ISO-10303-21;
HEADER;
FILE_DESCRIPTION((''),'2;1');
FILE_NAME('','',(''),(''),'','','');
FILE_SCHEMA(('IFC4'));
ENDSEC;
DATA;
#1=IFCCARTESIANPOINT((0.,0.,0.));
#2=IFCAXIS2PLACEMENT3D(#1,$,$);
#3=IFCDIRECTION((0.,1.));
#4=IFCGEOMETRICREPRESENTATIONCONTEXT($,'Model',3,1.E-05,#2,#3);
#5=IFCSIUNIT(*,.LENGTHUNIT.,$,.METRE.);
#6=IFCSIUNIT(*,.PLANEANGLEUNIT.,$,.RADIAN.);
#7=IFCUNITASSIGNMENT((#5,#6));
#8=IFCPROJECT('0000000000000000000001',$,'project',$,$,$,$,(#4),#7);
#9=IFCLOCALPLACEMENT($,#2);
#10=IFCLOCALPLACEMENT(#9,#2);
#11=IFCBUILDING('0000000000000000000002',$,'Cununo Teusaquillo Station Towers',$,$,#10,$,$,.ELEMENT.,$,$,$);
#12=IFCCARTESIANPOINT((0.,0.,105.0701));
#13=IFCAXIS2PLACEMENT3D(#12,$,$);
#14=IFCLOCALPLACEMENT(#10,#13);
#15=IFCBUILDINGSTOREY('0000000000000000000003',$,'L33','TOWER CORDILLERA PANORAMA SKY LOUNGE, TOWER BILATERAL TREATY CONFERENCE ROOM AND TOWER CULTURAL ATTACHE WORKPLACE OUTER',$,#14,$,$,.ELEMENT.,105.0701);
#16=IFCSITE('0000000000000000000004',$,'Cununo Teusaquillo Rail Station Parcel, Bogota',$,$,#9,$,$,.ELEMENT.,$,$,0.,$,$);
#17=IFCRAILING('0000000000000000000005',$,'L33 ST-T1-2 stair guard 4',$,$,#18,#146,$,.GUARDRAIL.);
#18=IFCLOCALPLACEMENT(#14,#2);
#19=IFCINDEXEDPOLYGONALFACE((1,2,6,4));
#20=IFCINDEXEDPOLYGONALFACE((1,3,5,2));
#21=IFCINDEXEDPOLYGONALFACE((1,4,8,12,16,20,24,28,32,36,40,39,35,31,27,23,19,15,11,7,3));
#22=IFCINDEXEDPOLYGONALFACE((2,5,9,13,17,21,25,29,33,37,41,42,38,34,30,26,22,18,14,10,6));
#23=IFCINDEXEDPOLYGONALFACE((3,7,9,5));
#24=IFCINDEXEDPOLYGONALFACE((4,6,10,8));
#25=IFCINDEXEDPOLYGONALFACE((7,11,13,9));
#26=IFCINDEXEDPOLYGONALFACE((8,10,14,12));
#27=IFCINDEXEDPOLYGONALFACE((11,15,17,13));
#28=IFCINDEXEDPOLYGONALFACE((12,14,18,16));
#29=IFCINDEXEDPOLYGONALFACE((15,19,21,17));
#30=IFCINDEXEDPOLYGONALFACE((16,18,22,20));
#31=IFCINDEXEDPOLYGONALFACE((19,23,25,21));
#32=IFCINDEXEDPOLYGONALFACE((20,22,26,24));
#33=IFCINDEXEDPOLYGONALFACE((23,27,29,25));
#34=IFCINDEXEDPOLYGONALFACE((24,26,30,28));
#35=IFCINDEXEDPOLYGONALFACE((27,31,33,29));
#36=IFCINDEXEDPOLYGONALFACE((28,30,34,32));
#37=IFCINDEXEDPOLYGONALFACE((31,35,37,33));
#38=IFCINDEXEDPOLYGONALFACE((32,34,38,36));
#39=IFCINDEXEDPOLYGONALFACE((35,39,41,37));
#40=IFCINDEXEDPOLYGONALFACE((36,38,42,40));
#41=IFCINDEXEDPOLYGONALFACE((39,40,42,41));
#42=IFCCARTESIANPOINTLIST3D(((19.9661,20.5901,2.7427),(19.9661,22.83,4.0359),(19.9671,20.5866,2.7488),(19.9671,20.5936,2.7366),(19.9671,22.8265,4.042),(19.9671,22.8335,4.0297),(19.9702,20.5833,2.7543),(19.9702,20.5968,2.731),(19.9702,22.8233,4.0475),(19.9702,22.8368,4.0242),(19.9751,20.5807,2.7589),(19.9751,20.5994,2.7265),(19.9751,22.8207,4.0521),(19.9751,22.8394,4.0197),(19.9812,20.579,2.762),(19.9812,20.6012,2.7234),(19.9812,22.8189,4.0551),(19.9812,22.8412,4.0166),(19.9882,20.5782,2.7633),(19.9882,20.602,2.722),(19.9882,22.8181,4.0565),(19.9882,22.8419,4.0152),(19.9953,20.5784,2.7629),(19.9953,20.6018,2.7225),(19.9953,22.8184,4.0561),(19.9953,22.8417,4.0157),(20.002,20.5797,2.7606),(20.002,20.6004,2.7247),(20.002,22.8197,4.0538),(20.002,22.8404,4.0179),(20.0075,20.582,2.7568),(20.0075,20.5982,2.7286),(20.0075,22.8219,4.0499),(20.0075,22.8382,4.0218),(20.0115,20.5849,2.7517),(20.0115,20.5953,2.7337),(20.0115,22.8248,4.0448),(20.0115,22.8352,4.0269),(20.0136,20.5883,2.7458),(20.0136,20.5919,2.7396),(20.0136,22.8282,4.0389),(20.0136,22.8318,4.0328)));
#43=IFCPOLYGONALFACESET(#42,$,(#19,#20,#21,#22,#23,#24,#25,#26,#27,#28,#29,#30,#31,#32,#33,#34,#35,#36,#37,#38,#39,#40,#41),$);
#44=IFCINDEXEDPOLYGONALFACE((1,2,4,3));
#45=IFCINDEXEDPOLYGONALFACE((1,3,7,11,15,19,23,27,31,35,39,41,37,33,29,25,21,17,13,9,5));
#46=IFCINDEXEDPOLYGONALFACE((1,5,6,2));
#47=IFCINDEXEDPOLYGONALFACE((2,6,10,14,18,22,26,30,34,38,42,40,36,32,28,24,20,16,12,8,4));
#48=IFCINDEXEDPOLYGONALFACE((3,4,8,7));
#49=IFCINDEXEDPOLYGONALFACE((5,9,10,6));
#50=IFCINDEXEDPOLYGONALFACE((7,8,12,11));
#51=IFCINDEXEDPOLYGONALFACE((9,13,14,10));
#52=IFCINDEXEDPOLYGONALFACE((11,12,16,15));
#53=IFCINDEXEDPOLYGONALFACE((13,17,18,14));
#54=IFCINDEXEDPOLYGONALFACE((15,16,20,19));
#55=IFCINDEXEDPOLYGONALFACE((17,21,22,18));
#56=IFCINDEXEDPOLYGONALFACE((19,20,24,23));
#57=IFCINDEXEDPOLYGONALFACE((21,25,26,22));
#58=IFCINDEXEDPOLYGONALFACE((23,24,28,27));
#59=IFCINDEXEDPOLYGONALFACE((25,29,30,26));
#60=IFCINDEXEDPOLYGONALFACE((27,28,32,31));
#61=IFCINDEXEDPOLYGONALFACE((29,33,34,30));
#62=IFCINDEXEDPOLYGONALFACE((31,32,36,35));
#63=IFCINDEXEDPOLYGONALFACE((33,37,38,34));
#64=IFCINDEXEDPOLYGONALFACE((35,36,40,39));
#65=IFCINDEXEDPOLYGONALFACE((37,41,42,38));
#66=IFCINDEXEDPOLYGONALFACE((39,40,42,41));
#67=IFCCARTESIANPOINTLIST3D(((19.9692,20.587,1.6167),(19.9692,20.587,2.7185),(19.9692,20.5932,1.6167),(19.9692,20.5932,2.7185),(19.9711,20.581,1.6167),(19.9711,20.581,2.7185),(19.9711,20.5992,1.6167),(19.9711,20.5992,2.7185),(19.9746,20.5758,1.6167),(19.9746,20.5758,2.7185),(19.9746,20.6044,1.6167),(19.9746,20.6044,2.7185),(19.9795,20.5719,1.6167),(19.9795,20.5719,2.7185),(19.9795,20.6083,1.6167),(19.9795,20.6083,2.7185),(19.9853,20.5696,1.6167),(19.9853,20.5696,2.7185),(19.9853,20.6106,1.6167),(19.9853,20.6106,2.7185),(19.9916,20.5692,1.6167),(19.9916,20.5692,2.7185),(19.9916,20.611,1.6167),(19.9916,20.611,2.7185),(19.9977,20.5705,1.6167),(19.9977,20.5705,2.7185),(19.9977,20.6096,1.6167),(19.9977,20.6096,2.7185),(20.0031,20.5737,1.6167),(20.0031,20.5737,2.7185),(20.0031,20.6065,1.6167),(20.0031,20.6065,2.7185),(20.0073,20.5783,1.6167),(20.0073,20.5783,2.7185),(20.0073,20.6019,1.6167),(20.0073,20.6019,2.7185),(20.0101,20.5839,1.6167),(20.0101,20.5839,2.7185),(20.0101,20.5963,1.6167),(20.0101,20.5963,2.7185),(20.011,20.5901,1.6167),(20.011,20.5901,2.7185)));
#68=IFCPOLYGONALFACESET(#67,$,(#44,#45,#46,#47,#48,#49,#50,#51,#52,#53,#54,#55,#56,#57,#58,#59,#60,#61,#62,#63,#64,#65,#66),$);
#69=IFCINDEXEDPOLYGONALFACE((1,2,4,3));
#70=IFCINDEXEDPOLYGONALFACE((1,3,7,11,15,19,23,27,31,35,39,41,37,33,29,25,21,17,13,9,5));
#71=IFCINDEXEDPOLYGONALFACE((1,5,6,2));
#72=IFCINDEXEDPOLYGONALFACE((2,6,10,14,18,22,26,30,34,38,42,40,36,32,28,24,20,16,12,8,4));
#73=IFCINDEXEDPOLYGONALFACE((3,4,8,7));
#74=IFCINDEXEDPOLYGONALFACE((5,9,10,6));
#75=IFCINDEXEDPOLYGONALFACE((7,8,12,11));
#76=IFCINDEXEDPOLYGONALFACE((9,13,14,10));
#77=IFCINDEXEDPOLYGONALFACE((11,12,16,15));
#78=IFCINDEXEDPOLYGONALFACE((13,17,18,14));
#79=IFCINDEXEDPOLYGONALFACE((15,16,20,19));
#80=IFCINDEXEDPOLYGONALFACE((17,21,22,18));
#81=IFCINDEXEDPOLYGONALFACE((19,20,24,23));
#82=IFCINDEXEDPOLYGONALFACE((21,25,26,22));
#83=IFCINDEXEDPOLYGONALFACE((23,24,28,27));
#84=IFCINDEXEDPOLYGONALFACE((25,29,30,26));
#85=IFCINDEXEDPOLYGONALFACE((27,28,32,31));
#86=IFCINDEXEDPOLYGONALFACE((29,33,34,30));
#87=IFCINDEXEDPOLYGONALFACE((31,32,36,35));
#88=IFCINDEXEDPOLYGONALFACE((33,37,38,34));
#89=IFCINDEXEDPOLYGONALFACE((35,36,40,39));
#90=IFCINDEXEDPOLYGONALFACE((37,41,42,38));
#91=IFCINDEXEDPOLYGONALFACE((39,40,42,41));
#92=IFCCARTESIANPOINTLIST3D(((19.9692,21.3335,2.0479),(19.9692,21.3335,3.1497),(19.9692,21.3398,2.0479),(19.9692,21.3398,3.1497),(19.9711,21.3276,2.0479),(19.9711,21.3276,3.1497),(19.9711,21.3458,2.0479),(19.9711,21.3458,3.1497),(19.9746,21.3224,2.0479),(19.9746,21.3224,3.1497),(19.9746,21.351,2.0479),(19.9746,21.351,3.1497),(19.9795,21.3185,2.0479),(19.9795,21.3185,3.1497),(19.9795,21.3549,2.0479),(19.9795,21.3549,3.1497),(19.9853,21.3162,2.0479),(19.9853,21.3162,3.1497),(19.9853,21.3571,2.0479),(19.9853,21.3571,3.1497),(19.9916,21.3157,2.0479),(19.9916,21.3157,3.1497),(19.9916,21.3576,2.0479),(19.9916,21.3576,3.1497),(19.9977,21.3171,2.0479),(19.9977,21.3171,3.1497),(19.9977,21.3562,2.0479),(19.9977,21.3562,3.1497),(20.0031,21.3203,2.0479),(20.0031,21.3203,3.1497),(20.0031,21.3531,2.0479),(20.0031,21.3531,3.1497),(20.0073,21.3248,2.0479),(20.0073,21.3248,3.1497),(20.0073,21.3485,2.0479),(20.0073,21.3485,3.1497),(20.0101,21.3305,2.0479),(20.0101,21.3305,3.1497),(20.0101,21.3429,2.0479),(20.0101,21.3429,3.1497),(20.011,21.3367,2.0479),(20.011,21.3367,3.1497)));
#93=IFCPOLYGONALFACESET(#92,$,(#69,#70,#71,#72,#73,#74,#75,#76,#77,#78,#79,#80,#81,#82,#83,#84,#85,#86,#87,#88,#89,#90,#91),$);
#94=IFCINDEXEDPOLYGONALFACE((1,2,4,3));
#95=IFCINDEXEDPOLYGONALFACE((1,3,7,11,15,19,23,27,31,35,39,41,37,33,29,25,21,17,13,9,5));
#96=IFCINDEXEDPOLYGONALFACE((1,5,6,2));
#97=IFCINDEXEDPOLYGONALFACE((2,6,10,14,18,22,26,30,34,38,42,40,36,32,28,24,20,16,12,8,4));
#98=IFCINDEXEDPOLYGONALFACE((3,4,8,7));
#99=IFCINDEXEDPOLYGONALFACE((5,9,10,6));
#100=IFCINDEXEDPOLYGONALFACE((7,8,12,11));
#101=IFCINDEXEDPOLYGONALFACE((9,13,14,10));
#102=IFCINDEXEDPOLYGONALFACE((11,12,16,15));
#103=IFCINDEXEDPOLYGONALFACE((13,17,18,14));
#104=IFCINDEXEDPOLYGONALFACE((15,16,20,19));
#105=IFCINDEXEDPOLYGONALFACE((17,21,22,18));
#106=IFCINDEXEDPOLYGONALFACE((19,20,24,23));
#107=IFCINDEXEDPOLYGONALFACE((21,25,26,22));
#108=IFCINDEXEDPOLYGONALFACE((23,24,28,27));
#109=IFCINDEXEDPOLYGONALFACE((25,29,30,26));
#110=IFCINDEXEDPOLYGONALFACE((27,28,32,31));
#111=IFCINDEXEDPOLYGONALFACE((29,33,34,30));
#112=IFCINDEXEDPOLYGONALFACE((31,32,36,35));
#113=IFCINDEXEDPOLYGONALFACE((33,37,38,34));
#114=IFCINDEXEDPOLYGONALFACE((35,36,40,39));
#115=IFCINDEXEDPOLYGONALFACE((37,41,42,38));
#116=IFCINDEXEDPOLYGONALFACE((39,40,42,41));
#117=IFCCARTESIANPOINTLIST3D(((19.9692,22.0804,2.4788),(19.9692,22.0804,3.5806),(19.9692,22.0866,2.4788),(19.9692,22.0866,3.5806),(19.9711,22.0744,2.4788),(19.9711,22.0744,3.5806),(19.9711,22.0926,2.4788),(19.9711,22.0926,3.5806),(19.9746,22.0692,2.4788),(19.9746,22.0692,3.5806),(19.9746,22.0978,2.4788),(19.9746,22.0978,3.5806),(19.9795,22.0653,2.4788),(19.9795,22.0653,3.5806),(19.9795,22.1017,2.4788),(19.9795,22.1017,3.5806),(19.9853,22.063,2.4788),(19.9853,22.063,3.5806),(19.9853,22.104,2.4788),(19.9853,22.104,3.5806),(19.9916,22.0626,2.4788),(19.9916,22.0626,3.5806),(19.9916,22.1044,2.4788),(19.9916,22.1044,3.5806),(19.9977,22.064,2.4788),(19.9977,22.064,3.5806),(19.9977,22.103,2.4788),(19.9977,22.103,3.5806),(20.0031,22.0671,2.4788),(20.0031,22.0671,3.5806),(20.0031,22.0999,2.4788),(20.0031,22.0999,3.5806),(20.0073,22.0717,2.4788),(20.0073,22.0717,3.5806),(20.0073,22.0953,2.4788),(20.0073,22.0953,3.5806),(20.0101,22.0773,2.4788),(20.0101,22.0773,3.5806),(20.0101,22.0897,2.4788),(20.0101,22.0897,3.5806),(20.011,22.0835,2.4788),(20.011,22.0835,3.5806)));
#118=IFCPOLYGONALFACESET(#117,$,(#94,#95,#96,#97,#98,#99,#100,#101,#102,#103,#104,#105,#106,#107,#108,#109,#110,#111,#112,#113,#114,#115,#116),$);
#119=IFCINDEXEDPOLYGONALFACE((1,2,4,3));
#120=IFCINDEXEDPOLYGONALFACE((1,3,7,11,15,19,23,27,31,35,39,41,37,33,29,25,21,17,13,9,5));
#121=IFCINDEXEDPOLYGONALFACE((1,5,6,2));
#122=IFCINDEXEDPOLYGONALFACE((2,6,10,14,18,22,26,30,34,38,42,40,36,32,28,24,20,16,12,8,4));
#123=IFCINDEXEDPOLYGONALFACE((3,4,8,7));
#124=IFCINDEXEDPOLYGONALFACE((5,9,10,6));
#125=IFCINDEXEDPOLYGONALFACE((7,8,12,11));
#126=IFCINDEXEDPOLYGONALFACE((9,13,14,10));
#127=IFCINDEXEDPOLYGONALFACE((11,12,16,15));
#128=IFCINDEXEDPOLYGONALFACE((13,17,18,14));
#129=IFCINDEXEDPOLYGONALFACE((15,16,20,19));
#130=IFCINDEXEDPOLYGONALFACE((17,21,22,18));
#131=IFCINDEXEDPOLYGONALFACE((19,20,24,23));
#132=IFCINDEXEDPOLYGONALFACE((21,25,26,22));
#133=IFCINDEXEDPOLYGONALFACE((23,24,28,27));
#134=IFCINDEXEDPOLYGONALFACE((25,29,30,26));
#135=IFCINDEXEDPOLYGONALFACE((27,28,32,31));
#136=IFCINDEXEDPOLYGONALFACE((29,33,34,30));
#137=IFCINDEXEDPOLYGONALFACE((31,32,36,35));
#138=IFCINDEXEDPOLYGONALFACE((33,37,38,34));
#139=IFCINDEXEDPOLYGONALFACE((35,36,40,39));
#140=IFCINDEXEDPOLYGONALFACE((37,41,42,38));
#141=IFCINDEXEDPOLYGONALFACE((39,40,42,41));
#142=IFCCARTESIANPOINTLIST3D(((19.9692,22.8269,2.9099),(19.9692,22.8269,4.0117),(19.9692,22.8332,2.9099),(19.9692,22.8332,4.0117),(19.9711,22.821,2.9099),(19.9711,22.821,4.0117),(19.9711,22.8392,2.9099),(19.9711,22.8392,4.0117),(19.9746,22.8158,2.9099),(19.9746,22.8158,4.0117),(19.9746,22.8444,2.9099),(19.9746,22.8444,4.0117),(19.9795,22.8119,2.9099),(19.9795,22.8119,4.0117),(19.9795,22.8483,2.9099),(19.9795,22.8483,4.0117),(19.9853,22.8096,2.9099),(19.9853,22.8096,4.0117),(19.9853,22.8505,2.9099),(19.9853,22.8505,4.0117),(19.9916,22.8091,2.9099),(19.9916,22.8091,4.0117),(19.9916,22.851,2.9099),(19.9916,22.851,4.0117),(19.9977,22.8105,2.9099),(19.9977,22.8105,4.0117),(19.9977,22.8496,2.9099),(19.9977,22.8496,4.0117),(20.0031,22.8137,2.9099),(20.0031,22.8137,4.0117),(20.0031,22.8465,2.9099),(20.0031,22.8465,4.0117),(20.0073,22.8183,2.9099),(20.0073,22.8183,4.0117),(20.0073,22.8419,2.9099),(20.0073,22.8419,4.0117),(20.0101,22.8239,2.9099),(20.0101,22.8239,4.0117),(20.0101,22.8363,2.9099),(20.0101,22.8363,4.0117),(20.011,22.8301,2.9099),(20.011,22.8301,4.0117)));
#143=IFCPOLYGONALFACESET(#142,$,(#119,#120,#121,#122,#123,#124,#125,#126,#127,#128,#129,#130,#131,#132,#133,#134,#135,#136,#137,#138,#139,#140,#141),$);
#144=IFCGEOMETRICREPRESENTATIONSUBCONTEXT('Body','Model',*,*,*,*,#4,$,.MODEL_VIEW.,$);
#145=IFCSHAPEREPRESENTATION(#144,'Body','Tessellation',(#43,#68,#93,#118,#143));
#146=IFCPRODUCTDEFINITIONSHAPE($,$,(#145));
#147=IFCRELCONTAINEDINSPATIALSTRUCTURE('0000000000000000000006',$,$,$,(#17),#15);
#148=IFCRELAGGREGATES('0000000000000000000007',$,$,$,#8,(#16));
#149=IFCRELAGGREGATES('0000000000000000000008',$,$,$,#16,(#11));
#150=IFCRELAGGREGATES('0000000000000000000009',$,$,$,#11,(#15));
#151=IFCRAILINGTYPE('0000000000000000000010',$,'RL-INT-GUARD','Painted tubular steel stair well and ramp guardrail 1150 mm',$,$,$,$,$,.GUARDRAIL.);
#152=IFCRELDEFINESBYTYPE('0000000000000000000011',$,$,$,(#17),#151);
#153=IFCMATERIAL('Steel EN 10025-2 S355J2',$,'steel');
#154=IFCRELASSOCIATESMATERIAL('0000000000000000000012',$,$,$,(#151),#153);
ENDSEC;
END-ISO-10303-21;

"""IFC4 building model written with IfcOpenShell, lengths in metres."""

from ifc_helpers import new_model, si_unit, direction, frame, origin, origin_2d, place, context, subcontext, project, spatial, circle, extrude, material, type_object, element, save


model = new_model("IFC4")

# Units and contexts
model_context = context("Model", 3, precision=1e-05, world=origin(), true_north=direction((0.0, 1.0)))
body_context = subcontext(model_context, "Body", "Model", "MODEL_VIEW")
ifc_project = project(units=[si_unit("LENGTHUNIT", "METRE"), si_unit("PLANEANGLEUNIT", "RADIAN")], contexts=[model_context])

# Site, building, storey
site_placement = place(None, origin())
site = spatial("IfcSite", under=ifc_project, at=site_placement, Name="Cununo Teusaquillo Rail Station Parcel, Bogota", CompositionType="ELEMENT", RefElevation=0.0)
building_placement = place(site_placement, origin())
building = spatial("IfcBuilding", under=site, at=building_placement, Name="Cununo Teusaquillo Station Towers", CompositionType="ELEMENT")
storey_placement = place(building_placement, frame((0.0, 0.0, 105.0701)))
storey = spatial("IfcBuildingStorey", under=building, at=storey_placement, Name="L33", Description="TOWER CORDILLERA PANORAMA SKY LOUNGE, TOWER BILATERAL TREATY CONFERENCE ROOM AND TOWER CULTURAL ATTACHE WORKPLACE OUTER", CompositionType="ELEMENT", Elevation=105.0701)

# Railing
ifc_material_1 = material(Name="Steel EN 10025-2 S355J2", Category="steel")
railing_type_1 = type_object("IfcRailingType", Name="RL-INT-GUARD", Description="Painted tubular steel stair well and ramp guardrail 1150 mm", PredefinedType="GUARDRAIL", material=ifc_material_1)
railing_1_placement = place(storey_placement, frame((19.99, 20.5901, 1.6167)))
element("IfcRailing", 1, at=railing_1_placement, inside=storey, type_object=railing_type_1, Name="L33 ST-T1-2 stair guard 4", PredefinedType="GUARDRAIL", context=body_context, shape_type="SweptSolid", body=[
    extrude(circle(Radius=0.0239, at=origin_2d()), frame((0.0, 0.0, 1.126), z_axis=(0.0, 0.866033, 0.499987), x_axis=(-1.0, 0.0, 0.0)), (0.0, 0.0, 1.0), 2.5864),
    extrude(circle(Radius=0.021, at=origin_2d()), origin(), (0.0, 0.0, 1.0), 1.1018),
    extrude(circle(Radius=0.021, at=origin_2d()), frame((0.0, 0.7466, 0.4312)), (0.0, 0.0, 1.0), 1.1018),
    extrude(circle(Radius=0.021, at=origin_2d()), frame((0.0, 1.4934, 0.8621)), (0.0, 0.0, 1.0), 1.1018),
    extrude(circle(Radius=0.021, at=origin_2d()), frame((0.0, 2.24, 1.2932)), (0.0, 0.0, 1.0), 1.1018),
])

save(model, "model.ifc")
